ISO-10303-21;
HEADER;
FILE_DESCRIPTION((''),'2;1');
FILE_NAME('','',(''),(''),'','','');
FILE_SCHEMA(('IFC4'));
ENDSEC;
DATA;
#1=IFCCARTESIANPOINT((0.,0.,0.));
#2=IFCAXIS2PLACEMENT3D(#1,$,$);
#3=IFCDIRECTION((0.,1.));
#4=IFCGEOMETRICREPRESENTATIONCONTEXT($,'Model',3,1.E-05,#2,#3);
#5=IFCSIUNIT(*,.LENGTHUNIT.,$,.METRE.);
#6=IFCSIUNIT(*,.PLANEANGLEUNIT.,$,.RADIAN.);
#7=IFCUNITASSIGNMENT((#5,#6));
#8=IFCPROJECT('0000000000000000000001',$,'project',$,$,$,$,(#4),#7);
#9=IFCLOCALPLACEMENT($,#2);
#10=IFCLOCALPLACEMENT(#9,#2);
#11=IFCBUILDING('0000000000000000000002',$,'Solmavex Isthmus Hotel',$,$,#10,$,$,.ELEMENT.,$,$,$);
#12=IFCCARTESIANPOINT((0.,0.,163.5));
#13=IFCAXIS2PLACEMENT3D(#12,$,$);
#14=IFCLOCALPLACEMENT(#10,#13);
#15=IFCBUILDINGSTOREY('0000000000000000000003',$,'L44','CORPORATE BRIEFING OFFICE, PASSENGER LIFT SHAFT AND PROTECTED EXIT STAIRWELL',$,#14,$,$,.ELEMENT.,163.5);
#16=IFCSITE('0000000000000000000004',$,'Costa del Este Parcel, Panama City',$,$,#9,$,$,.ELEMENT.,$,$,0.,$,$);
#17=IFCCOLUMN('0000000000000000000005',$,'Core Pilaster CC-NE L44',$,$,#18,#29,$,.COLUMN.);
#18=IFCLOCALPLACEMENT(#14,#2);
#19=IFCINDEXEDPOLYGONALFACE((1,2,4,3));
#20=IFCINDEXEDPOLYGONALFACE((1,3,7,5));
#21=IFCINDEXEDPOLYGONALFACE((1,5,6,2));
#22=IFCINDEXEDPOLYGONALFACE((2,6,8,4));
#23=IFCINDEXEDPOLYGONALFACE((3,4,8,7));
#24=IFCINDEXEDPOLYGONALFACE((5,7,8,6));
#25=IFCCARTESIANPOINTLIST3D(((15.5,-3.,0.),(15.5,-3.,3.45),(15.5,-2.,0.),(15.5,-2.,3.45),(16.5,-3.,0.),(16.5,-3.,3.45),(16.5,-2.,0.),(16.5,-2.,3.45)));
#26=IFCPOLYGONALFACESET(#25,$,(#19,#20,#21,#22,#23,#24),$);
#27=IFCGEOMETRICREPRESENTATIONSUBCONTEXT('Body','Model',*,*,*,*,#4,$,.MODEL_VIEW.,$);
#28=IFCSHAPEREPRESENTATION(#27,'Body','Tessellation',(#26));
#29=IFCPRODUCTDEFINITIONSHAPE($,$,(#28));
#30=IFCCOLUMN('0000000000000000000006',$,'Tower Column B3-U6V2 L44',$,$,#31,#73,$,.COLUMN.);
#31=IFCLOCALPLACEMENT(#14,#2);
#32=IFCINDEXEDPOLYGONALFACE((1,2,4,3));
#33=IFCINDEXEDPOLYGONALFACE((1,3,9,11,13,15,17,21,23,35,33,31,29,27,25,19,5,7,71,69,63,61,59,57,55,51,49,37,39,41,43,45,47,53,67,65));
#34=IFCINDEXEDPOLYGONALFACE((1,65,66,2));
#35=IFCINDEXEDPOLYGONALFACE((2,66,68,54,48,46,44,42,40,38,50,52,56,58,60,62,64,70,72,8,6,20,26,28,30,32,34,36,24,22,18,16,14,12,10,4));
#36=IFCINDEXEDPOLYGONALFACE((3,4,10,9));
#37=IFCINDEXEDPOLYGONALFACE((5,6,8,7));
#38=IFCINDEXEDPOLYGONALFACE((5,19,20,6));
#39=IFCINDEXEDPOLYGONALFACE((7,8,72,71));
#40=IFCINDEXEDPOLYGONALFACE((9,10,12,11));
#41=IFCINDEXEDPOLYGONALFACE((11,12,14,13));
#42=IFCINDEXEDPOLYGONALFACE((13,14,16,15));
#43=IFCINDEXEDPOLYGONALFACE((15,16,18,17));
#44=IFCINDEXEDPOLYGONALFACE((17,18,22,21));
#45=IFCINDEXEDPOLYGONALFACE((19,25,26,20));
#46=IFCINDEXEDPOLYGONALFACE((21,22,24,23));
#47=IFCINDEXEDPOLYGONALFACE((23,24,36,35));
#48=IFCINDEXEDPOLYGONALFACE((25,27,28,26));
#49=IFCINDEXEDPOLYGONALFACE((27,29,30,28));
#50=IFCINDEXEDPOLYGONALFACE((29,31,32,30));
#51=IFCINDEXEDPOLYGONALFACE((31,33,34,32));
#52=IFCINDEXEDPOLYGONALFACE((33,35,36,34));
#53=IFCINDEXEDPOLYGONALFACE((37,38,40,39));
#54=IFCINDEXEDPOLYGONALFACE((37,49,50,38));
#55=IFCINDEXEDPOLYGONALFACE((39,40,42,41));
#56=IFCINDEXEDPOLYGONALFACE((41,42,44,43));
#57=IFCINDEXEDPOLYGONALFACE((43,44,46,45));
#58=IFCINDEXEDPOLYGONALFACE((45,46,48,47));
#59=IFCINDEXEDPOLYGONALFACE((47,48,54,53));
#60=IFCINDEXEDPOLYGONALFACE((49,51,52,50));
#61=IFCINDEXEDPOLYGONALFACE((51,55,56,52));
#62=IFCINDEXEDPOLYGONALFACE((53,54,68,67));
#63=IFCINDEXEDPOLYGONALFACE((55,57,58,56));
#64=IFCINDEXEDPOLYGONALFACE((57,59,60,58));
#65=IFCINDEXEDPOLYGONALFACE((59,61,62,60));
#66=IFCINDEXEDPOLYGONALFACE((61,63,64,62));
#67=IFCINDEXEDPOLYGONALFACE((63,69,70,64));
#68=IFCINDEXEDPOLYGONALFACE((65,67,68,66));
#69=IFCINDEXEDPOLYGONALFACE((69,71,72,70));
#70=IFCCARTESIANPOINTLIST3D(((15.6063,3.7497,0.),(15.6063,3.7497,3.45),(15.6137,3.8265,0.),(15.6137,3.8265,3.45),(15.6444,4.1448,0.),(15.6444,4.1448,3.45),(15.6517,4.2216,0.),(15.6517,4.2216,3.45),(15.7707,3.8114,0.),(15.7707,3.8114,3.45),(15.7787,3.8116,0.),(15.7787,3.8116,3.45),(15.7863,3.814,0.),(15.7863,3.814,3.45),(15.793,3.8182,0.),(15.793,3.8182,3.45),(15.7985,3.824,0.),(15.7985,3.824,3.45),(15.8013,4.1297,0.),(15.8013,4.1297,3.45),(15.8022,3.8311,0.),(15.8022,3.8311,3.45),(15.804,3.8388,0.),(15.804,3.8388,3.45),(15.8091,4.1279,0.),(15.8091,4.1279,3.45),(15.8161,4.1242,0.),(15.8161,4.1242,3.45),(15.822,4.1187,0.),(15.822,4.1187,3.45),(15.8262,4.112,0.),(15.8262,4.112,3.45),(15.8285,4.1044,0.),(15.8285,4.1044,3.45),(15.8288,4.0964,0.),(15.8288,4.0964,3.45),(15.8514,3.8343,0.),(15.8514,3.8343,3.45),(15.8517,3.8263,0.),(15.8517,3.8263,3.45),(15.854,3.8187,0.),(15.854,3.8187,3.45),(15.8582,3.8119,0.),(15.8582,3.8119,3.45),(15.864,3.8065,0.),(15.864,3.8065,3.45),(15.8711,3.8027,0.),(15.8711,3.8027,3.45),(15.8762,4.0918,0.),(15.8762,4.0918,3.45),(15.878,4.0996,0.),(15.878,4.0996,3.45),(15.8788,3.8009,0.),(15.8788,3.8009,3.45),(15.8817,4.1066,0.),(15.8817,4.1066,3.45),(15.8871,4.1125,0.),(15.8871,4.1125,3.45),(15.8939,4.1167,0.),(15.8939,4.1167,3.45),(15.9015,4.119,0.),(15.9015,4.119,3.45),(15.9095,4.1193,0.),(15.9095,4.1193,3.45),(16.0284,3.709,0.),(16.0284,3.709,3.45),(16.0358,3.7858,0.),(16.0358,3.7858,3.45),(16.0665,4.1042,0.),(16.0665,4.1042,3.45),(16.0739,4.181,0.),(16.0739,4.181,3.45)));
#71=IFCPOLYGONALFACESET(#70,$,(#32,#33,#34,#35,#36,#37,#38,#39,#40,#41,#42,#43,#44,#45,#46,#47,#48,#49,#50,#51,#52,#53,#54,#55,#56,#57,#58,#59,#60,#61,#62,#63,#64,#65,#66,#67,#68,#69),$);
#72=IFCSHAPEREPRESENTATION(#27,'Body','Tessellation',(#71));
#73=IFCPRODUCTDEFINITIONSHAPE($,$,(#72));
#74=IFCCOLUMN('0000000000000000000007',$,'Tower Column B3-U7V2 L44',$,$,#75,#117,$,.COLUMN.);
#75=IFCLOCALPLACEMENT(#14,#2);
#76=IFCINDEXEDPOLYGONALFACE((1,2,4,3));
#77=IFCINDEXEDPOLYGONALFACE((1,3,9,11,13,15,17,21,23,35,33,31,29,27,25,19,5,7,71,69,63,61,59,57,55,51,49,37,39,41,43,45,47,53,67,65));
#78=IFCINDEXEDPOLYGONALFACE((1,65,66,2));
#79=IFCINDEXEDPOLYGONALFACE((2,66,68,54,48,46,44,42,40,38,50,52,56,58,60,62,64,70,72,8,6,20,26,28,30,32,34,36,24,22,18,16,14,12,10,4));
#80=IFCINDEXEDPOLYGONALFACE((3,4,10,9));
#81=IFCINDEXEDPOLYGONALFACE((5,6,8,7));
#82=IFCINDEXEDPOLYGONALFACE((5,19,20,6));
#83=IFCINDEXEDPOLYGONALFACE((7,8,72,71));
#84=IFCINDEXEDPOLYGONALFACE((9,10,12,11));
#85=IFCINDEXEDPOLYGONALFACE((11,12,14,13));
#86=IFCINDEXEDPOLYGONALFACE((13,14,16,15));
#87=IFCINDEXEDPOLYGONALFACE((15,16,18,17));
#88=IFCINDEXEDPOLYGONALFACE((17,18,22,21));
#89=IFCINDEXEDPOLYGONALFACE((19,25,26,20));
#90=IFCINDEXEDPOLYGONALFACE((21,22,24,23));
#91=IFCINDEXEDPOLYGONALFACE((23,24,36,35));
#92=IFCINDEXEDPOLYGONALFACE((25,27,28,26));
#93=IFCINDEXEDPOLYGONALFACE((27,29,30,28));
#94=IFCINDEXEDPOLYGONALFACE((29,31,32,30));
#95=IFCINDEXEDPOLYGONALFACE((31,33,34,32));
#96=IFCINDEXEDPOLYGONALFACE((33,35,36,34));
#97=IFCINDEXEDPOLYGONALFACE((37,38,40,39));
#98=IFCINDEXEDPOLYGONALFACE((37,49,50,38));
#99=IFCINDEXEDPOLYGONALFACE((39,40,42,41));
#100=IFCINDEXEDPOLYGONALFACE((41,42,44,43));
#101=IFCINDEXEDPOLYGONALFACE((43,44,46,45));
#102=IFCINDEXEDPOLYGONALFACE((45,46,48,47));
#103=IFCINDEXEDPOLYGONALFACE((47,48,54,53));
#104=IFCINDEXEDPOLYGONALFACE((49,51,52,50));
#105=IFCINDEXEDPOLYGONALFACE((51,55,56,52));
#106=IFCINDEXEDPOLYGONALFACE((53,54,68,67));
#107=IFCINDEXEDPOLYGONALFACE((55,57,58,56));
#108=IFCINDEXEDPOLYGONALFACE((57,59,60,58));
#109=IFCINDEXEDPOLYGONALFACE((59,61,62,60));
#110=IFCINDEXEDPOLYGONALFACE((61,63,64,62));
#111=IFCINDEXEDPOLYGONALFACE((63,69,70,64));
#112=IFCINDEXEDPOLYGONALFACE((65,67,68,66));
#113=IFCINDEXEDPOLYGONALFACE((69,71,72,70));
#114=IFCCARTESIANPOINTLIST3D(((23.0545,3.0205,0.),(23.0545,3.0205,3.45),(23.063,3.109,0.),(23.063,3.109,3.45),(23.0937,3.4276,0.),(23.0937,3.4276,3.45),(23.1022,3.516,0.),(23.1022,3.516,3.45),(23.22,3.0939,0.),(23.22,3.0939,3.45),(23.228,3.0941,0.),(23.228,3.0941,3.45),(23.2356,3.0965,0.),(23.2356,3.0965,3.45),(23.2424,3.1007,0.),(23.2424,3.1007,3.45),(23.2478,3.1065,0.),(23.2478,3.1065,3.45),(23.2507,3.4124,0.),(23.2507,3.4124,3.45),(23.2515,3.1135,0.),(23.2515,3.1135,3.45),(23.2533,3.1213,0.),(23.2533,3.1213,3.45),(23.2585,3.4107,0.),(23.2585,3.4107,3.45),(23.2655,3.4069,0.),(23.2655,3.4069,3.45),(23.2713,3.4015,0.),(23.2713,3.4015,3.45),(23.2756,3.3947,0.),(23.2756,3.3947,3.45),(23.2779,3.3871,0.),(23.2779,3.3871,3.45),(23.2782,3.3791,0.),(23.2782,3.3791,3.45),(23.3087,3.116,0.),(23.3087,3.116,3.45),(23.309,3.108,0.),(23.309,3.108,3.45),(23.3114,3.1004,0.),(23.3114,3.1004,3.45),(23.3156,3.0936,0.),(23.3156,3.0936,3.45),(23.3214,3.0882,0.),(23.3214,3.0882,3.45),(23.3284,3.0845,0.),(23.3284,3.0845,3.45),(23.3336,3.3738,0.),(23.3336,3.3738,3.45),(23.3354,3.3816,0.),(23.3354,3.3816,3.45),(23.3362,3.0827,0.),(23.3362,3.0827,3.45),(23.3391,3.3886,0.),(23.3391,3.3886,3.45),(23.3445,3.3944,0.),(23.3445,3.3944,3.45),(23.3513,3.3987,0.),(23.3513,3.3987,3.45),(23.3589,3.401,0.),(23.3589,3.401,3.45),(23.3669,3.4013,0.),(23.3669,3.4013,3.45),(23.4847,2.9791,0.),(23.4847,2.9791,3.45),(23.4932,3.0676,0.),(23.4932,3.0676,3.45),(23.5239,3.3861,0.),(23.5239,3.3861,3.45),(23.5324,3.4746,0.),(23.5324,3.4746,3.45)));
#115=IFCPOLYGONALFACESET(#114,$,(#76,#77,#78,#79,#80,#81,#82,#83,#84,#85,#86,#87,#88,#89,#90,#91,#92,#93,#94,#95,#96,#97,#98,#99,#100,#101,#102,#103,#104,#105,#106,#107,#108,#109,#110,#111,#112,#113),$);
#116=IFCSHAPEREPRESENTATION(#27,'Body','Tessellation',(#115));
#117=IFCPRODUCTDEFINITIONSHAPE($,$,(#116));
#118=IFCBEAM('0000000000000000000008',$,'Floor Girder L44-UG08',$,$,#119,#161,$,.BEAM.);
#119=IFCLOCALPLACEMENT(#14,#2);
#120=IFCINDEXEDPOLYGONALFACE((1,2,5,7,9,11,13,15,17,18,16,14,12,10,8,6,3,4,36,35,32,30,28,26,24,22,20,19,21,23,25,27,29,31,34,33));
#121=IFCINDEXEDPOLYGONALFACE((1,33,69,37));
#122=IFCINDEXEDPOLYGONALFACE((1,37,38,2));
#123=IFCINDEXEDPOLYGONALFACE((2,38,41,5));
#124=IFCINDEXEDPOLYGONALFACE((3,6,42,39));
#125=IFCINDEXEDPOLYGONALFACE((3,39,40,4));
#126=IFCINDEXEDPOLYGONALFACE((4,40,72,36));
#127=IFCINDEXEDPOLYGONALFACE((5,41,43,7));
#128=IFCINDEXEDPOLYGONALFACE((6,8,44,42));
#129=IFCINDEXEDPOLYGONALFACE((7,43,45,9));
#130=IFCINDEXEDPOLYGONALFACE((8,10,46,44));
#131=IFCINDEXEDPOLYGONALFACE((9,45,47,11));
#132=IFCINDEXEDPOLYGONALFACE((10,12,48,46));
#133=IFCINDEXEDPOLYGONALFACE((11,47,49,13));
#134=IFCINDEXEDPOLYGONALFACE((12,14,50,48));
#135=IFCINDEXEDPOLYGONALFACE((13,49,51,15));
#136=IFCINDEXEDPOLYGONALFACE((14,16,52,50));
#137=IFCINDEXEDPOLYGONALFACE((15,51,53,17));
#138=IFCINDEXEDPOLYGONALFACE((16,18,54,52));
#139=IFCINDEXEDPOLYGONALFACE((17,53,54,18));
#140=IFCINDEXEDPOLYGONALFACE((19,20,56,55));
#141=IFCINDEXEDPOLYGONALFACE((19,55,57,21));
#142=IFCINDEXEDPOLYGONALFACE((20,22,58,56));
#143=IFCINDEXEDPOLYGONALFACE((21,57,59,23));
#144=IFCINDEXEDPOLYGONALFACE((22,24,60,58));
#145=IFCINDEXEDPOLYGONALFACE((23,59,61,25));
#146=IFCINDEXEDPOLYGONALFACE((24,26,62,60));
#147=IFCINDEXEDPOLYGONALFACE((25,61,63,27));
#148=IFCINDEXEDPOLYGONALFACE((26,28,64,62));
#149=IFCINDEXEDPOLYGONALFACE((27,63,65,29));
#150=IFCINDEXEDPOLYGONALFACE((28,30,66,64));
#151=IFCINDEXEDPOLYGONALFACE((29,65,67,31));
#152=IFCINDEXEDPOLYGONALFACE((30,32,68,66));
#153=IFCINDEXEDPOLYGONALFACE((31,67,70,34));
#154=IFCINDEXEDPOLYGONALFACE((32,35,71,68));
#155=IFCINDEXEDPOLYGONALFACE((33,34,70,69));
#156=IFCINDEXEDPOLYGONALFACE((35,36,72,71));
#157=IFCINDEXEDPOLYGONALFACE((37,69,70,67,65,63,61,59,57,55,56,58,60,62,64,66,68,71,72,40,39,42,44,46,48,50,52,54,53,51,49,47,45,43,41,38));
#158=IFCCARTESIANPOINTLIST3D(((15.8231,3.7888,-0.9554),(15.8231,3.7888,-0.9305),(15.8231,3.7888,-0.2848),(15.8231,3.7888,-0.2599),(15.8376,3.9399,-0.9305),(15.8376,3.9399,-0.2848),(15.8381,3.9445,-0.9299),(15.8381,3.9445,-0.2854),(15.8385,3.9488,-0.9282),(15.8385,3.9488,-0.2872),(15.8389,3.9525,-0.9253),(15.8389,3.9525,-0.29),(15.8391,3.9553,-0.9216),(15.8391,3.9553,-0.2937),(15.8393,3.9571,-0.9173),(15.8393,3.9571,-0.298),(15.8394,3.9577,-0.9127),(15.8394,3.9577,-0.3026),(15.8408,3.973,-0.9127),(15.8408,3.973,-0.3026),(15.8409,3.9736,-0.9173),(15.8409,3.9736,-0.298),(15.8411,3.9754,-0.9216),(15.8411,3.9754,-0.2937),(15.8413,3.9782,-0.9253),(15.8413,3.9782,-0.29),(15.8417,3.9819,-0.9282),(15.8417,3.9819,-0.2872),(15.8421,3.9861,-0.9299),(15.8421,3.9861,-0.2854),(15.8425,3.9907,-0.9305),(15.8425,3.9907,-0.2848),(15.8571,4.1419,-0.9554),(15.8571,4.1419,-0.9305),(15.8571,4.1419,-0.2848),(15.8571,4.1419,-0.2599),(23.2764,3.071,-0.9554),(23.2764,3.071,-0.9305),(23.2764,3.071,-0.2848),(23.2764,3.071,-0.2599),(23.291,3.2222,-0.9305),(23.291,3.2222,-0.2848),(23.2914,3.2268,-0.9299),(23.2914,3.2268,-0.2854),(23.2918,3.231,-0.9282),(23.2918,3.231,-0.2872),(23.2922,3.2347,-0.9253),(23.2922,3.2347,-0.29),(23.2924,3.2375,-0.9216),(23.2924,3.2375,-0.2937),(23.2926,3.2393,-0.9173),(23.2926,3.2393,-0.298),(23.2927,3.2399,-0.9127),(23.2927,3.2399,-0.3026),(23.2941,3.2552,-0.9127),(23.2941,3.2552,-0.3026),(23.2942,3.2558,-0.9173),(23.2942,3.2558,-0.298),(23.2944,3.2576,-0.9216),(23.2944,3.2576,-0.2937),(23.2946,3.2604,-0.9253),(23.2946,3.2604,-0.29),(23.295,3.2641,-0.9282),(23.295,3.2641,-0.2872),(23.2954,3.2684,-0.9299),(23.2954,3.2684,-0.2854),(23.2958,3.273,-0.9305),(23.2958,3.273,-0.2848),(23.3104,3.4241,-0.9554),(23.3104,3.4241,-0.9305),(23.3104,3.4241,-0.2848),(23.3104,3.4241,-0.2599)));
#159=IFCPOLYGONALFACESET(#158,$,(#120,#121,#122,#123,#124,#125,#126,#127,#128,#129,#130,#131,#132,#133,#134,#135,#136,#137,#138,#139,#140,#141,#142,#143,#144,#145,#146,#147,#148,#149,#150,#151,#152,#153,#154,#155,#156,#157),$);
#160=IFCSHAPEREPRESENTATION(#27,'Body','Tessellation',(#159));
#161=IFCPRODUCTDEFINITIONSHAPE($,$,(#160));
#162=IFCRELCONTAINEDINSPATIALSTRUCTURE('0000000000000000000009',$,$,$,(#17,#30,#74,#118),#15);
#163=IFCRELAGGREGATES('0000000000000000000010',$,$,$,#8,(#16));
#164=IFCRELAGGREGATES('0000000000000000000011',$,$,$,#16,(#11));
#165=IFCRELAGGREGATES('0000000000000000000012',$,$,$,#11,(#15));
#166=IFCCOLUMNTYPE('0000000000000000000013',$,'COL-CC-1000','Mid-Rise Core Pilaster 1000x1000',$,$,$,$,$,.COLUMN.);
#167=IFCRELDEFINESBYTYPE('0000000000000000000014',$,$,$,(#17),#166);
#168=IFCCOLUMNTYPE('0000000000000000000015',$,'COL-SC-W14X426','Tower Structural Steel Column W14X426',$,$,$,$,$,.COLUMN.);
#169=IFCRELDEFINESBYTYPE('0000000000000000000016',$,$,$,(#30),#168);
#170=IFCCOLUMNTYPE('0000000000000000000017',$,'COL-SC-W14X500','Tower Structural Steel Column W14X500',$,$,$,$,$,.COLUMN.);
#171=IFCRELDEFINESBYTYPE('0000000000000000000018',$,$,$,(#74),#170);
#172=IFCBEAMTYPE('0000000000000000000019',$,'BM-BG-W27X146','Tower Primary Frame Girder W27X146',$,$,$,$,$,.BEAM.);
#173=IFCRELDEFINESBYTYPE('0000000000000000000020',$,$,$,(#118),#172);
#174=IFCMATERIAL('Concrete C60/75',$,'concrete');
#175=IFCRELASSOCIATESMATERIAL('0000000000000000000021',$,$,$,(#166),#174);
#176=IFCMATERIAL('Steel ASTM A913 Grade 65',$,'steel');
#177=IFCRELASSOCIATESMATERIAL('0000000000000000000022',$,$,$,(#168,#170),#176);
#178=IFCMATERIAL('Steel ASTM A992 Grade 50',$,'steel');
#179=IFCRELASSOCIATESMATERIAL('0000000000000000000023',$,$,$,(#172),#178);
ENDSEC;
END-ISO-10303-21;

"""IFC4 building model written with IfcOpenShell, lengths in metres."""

from ifc_helpers import new_model, si_unit, direction, frame, origin, origin_2d, place, context, subcontext, project, spatial, rectangle, i_section, extrude, material, material_profile, profile_set, type_object, element, save


model = new_model("IFC4")

# Units and contexts
model_context = context("Model", 3, precision=1e-05, world=origin(), true_north=direction((0.0, 1.0)))
body_context = subcontext(model_context, "Body", "Model", "MODEL_VIEW")
ifc_project = project(units=[si_unit("LENGTHUNIT", "METRE"), si_unit("PLANEANGLEUNIT", "RADIAN")], contexts=[model_context])

# Site, building, storey
site_placement = place(None, origin())
site = spatial("IfcSite", under=ifc_project, at=site_placement, Name="Costa del Este Parcel, Panama City", CompositionType="ELEMENT", RefElevation=0.0)
building_placement = place(site_placement, origin())
building = spatial("IfcBuilding", under=site, at=building_placement, Name="Solmavex Isthmus Hotel", CompositionType="ELEMENT")
storey_placement = place(building_placement, frame((0.0, 0.0, 163.5)))
storey = spatial("IfcBuildingStorey", under=building, at=storey_placement, Name="L44", Description="CORPORATE BRIEFING OFFICE, PASSENGER LIFT SHAFT AND PROTECTED EXIT STAIRWELL", CompositionType="ELEMENT", Elevation=163.5)

# Columns
ifc_material_1 = material(Name="Concrete C60/75", Category="concrete")
ifc_material_profile_1 = material_profile(ifc_material_1, rectangle(XDim=1.0, YDim=1.0, at=origin_2d()), Name="RC1000X1000")
ifc_profile_set_1 = profile_set([ifc_material_profile_1], Name="Concrete C60/75")
column_type_1 = type_object("IfcColumnType", Name="COL-CC-1000", Description="Mid-Rise Core Pilaster 1000x1000", PredefinedType="COLUMN", material=ifc_profile_set_1)
column_1_placement = place(storey_placement, frame((16.0, -2.5, 0.0), z_axis=(0.0, 0.0, 1.0), x_axis=(1.0, 0.0, 0.0)))
element("IfcColumn", 1, at=column_1_placement, inside=storey, type_object=column_type_1, Name="Core Pilaster CC-NE L44", PredefinedType="COLUMN", context=body_context, shape_type="SweptSolid", body=[
    extrude(rectangle(XDim=1.0, YDim=1.0, at=origin_2d()), origin(), (0.0, 0.0, 1.0), 3.45),
])
ifc_material_2 = material(Name="Steel ASTM A913 Grade 65", Category="steel")
ifc_material_profile_2 = material_profile(ifc_material_2, i_section(OverallWidth=0.4241, OverallDepth=0.4741, WebThickness=0.0476, FlangeThickness=0.0771, FilletRadius=0.0305, at=origin_2d()), Name="W14X426")
ifc_profile_set_2 = profile_set([ifc_material_profile_2], Name="Steel ASTM A913 Grade 65")
column_type_2 = type_object("IfcColumnType", Name="COL-SC-W14X426", Description="Tower Structural Steel Column W14X426", PredefinedType="COLUMN", material=ifc_profile_set_2)
column_2_placement = place(storey_placement, frame((15.8401, 3.9653, 0.0), z_axis=(0.0, 0.0, 1.0), x_axis=(0.995396, -0.095846, 0.0)))
element("IfcColumn", 2, at=column_2_placement, inside=storey, type_object=column_type_2, Name="Tower Column B3-U6V2 L44", PredefinedType="COLUMN", context=body_context, shape_type="SweptSolid", body=[
    extrude(i_section(OverallWidth=0.4241, OverallDepth=0.4741, WebThickness=0.0476, FlangeThickness=0.0771, FilletRadius=0.0305, at=origin_2d()), origin(), (0.0, 0.0, 1.0), 3.45),
])
ifc_material_profile_3 = material_profile(ifc_material_2, i_section(OverallWidth=0.4321, OverallDepth=0.4978, WebThickness=0.0557, FlangeThickness=0.0889, FilletRadius=0.0305, at=origin_2d()), Name="W14X500")
ifc_profile_set_3 = profile_set([ifc_material_profile_3], Name="Steel ASTM A913 Grade 65")
column_type_3 = type_object("IfcColumnType", Name="COL-SC-W14X500", Description="Tower Structural Steel Column W14X500", PredefinedType="COLUMN", material=ifc_profile_set_3)
column_3_placement = place(storey_placement, frame((23.2935, 3.2476, 0.0), z_axis=(0.0, 0.0, 1.0), x_axis=(0.995396, -0.095846, 0.0)))
element("IfcColumn", 3, at=column_3_placement, inside=storey, type_object=column_type_3, Name="Tower Column B3-U7V2 L44", PredefinedType="COLUMN", context=body_context, shape_type="SweptSolid", body=[
    extrude(i_section(OverallWidth=0.4321, OverallDepth=0.4978, WebThickness=0.0557, FlangeThickness=0.0889, FilletRadius=0.0305, at=origin_2d()), origin(), (0.0, 0.0, 1.0), 3.45),
])

# Beam
ifc_material_3 = material(Name="Steel ASTM A992 Grade 50", Category="steel")
ifc_material_profile_4 = material_profile(ifc_material_3, i_section(OverallWidth=0.3547, OverallDepth=0.6956, WebThickness=0.0154, FlangeThickness=0.0249, FilletRadius=0.0178, at=origin_2d()), Name="W27X146")
ifc_profile_set_4 = profile_set([ifc_material_profile_4], Name="Steel ASTM A992 Grade 50")
beam_type_1 = type_object("IfcBeamType", Name="BM-BG-W27X146", Description="Tower Primary Frame Girder W27X146", PredefinedType="BEAM", material=ifc_profile_set_4)
beam_1_placement = place(storey_placement, frame((15.8401, 3.9653, -0.6077), z_axis=(0.995395, -0.095858, 0.0), x_axis=(0.095858, 0.995395, 0.0)))
element("IfcBeam", 4, at=beam_1_placement, inside=storey, type_object=beam_type_1, Name="Floor Girder L44-UG08", PredefinedType="BEAM", context=body_context, shape_type="SweptSolid", body=[
    extrude(i_section(OverallWidth=0.3547, OverallDepth=0.6956, WebThickness=0.0154, FlangeThickness=0.0249, FilletRadius=0.0178, at=origin_2d()), origin(), (0.0, 0.0, 1.0), 7.4878),
])

save(model, "model.ifc")
